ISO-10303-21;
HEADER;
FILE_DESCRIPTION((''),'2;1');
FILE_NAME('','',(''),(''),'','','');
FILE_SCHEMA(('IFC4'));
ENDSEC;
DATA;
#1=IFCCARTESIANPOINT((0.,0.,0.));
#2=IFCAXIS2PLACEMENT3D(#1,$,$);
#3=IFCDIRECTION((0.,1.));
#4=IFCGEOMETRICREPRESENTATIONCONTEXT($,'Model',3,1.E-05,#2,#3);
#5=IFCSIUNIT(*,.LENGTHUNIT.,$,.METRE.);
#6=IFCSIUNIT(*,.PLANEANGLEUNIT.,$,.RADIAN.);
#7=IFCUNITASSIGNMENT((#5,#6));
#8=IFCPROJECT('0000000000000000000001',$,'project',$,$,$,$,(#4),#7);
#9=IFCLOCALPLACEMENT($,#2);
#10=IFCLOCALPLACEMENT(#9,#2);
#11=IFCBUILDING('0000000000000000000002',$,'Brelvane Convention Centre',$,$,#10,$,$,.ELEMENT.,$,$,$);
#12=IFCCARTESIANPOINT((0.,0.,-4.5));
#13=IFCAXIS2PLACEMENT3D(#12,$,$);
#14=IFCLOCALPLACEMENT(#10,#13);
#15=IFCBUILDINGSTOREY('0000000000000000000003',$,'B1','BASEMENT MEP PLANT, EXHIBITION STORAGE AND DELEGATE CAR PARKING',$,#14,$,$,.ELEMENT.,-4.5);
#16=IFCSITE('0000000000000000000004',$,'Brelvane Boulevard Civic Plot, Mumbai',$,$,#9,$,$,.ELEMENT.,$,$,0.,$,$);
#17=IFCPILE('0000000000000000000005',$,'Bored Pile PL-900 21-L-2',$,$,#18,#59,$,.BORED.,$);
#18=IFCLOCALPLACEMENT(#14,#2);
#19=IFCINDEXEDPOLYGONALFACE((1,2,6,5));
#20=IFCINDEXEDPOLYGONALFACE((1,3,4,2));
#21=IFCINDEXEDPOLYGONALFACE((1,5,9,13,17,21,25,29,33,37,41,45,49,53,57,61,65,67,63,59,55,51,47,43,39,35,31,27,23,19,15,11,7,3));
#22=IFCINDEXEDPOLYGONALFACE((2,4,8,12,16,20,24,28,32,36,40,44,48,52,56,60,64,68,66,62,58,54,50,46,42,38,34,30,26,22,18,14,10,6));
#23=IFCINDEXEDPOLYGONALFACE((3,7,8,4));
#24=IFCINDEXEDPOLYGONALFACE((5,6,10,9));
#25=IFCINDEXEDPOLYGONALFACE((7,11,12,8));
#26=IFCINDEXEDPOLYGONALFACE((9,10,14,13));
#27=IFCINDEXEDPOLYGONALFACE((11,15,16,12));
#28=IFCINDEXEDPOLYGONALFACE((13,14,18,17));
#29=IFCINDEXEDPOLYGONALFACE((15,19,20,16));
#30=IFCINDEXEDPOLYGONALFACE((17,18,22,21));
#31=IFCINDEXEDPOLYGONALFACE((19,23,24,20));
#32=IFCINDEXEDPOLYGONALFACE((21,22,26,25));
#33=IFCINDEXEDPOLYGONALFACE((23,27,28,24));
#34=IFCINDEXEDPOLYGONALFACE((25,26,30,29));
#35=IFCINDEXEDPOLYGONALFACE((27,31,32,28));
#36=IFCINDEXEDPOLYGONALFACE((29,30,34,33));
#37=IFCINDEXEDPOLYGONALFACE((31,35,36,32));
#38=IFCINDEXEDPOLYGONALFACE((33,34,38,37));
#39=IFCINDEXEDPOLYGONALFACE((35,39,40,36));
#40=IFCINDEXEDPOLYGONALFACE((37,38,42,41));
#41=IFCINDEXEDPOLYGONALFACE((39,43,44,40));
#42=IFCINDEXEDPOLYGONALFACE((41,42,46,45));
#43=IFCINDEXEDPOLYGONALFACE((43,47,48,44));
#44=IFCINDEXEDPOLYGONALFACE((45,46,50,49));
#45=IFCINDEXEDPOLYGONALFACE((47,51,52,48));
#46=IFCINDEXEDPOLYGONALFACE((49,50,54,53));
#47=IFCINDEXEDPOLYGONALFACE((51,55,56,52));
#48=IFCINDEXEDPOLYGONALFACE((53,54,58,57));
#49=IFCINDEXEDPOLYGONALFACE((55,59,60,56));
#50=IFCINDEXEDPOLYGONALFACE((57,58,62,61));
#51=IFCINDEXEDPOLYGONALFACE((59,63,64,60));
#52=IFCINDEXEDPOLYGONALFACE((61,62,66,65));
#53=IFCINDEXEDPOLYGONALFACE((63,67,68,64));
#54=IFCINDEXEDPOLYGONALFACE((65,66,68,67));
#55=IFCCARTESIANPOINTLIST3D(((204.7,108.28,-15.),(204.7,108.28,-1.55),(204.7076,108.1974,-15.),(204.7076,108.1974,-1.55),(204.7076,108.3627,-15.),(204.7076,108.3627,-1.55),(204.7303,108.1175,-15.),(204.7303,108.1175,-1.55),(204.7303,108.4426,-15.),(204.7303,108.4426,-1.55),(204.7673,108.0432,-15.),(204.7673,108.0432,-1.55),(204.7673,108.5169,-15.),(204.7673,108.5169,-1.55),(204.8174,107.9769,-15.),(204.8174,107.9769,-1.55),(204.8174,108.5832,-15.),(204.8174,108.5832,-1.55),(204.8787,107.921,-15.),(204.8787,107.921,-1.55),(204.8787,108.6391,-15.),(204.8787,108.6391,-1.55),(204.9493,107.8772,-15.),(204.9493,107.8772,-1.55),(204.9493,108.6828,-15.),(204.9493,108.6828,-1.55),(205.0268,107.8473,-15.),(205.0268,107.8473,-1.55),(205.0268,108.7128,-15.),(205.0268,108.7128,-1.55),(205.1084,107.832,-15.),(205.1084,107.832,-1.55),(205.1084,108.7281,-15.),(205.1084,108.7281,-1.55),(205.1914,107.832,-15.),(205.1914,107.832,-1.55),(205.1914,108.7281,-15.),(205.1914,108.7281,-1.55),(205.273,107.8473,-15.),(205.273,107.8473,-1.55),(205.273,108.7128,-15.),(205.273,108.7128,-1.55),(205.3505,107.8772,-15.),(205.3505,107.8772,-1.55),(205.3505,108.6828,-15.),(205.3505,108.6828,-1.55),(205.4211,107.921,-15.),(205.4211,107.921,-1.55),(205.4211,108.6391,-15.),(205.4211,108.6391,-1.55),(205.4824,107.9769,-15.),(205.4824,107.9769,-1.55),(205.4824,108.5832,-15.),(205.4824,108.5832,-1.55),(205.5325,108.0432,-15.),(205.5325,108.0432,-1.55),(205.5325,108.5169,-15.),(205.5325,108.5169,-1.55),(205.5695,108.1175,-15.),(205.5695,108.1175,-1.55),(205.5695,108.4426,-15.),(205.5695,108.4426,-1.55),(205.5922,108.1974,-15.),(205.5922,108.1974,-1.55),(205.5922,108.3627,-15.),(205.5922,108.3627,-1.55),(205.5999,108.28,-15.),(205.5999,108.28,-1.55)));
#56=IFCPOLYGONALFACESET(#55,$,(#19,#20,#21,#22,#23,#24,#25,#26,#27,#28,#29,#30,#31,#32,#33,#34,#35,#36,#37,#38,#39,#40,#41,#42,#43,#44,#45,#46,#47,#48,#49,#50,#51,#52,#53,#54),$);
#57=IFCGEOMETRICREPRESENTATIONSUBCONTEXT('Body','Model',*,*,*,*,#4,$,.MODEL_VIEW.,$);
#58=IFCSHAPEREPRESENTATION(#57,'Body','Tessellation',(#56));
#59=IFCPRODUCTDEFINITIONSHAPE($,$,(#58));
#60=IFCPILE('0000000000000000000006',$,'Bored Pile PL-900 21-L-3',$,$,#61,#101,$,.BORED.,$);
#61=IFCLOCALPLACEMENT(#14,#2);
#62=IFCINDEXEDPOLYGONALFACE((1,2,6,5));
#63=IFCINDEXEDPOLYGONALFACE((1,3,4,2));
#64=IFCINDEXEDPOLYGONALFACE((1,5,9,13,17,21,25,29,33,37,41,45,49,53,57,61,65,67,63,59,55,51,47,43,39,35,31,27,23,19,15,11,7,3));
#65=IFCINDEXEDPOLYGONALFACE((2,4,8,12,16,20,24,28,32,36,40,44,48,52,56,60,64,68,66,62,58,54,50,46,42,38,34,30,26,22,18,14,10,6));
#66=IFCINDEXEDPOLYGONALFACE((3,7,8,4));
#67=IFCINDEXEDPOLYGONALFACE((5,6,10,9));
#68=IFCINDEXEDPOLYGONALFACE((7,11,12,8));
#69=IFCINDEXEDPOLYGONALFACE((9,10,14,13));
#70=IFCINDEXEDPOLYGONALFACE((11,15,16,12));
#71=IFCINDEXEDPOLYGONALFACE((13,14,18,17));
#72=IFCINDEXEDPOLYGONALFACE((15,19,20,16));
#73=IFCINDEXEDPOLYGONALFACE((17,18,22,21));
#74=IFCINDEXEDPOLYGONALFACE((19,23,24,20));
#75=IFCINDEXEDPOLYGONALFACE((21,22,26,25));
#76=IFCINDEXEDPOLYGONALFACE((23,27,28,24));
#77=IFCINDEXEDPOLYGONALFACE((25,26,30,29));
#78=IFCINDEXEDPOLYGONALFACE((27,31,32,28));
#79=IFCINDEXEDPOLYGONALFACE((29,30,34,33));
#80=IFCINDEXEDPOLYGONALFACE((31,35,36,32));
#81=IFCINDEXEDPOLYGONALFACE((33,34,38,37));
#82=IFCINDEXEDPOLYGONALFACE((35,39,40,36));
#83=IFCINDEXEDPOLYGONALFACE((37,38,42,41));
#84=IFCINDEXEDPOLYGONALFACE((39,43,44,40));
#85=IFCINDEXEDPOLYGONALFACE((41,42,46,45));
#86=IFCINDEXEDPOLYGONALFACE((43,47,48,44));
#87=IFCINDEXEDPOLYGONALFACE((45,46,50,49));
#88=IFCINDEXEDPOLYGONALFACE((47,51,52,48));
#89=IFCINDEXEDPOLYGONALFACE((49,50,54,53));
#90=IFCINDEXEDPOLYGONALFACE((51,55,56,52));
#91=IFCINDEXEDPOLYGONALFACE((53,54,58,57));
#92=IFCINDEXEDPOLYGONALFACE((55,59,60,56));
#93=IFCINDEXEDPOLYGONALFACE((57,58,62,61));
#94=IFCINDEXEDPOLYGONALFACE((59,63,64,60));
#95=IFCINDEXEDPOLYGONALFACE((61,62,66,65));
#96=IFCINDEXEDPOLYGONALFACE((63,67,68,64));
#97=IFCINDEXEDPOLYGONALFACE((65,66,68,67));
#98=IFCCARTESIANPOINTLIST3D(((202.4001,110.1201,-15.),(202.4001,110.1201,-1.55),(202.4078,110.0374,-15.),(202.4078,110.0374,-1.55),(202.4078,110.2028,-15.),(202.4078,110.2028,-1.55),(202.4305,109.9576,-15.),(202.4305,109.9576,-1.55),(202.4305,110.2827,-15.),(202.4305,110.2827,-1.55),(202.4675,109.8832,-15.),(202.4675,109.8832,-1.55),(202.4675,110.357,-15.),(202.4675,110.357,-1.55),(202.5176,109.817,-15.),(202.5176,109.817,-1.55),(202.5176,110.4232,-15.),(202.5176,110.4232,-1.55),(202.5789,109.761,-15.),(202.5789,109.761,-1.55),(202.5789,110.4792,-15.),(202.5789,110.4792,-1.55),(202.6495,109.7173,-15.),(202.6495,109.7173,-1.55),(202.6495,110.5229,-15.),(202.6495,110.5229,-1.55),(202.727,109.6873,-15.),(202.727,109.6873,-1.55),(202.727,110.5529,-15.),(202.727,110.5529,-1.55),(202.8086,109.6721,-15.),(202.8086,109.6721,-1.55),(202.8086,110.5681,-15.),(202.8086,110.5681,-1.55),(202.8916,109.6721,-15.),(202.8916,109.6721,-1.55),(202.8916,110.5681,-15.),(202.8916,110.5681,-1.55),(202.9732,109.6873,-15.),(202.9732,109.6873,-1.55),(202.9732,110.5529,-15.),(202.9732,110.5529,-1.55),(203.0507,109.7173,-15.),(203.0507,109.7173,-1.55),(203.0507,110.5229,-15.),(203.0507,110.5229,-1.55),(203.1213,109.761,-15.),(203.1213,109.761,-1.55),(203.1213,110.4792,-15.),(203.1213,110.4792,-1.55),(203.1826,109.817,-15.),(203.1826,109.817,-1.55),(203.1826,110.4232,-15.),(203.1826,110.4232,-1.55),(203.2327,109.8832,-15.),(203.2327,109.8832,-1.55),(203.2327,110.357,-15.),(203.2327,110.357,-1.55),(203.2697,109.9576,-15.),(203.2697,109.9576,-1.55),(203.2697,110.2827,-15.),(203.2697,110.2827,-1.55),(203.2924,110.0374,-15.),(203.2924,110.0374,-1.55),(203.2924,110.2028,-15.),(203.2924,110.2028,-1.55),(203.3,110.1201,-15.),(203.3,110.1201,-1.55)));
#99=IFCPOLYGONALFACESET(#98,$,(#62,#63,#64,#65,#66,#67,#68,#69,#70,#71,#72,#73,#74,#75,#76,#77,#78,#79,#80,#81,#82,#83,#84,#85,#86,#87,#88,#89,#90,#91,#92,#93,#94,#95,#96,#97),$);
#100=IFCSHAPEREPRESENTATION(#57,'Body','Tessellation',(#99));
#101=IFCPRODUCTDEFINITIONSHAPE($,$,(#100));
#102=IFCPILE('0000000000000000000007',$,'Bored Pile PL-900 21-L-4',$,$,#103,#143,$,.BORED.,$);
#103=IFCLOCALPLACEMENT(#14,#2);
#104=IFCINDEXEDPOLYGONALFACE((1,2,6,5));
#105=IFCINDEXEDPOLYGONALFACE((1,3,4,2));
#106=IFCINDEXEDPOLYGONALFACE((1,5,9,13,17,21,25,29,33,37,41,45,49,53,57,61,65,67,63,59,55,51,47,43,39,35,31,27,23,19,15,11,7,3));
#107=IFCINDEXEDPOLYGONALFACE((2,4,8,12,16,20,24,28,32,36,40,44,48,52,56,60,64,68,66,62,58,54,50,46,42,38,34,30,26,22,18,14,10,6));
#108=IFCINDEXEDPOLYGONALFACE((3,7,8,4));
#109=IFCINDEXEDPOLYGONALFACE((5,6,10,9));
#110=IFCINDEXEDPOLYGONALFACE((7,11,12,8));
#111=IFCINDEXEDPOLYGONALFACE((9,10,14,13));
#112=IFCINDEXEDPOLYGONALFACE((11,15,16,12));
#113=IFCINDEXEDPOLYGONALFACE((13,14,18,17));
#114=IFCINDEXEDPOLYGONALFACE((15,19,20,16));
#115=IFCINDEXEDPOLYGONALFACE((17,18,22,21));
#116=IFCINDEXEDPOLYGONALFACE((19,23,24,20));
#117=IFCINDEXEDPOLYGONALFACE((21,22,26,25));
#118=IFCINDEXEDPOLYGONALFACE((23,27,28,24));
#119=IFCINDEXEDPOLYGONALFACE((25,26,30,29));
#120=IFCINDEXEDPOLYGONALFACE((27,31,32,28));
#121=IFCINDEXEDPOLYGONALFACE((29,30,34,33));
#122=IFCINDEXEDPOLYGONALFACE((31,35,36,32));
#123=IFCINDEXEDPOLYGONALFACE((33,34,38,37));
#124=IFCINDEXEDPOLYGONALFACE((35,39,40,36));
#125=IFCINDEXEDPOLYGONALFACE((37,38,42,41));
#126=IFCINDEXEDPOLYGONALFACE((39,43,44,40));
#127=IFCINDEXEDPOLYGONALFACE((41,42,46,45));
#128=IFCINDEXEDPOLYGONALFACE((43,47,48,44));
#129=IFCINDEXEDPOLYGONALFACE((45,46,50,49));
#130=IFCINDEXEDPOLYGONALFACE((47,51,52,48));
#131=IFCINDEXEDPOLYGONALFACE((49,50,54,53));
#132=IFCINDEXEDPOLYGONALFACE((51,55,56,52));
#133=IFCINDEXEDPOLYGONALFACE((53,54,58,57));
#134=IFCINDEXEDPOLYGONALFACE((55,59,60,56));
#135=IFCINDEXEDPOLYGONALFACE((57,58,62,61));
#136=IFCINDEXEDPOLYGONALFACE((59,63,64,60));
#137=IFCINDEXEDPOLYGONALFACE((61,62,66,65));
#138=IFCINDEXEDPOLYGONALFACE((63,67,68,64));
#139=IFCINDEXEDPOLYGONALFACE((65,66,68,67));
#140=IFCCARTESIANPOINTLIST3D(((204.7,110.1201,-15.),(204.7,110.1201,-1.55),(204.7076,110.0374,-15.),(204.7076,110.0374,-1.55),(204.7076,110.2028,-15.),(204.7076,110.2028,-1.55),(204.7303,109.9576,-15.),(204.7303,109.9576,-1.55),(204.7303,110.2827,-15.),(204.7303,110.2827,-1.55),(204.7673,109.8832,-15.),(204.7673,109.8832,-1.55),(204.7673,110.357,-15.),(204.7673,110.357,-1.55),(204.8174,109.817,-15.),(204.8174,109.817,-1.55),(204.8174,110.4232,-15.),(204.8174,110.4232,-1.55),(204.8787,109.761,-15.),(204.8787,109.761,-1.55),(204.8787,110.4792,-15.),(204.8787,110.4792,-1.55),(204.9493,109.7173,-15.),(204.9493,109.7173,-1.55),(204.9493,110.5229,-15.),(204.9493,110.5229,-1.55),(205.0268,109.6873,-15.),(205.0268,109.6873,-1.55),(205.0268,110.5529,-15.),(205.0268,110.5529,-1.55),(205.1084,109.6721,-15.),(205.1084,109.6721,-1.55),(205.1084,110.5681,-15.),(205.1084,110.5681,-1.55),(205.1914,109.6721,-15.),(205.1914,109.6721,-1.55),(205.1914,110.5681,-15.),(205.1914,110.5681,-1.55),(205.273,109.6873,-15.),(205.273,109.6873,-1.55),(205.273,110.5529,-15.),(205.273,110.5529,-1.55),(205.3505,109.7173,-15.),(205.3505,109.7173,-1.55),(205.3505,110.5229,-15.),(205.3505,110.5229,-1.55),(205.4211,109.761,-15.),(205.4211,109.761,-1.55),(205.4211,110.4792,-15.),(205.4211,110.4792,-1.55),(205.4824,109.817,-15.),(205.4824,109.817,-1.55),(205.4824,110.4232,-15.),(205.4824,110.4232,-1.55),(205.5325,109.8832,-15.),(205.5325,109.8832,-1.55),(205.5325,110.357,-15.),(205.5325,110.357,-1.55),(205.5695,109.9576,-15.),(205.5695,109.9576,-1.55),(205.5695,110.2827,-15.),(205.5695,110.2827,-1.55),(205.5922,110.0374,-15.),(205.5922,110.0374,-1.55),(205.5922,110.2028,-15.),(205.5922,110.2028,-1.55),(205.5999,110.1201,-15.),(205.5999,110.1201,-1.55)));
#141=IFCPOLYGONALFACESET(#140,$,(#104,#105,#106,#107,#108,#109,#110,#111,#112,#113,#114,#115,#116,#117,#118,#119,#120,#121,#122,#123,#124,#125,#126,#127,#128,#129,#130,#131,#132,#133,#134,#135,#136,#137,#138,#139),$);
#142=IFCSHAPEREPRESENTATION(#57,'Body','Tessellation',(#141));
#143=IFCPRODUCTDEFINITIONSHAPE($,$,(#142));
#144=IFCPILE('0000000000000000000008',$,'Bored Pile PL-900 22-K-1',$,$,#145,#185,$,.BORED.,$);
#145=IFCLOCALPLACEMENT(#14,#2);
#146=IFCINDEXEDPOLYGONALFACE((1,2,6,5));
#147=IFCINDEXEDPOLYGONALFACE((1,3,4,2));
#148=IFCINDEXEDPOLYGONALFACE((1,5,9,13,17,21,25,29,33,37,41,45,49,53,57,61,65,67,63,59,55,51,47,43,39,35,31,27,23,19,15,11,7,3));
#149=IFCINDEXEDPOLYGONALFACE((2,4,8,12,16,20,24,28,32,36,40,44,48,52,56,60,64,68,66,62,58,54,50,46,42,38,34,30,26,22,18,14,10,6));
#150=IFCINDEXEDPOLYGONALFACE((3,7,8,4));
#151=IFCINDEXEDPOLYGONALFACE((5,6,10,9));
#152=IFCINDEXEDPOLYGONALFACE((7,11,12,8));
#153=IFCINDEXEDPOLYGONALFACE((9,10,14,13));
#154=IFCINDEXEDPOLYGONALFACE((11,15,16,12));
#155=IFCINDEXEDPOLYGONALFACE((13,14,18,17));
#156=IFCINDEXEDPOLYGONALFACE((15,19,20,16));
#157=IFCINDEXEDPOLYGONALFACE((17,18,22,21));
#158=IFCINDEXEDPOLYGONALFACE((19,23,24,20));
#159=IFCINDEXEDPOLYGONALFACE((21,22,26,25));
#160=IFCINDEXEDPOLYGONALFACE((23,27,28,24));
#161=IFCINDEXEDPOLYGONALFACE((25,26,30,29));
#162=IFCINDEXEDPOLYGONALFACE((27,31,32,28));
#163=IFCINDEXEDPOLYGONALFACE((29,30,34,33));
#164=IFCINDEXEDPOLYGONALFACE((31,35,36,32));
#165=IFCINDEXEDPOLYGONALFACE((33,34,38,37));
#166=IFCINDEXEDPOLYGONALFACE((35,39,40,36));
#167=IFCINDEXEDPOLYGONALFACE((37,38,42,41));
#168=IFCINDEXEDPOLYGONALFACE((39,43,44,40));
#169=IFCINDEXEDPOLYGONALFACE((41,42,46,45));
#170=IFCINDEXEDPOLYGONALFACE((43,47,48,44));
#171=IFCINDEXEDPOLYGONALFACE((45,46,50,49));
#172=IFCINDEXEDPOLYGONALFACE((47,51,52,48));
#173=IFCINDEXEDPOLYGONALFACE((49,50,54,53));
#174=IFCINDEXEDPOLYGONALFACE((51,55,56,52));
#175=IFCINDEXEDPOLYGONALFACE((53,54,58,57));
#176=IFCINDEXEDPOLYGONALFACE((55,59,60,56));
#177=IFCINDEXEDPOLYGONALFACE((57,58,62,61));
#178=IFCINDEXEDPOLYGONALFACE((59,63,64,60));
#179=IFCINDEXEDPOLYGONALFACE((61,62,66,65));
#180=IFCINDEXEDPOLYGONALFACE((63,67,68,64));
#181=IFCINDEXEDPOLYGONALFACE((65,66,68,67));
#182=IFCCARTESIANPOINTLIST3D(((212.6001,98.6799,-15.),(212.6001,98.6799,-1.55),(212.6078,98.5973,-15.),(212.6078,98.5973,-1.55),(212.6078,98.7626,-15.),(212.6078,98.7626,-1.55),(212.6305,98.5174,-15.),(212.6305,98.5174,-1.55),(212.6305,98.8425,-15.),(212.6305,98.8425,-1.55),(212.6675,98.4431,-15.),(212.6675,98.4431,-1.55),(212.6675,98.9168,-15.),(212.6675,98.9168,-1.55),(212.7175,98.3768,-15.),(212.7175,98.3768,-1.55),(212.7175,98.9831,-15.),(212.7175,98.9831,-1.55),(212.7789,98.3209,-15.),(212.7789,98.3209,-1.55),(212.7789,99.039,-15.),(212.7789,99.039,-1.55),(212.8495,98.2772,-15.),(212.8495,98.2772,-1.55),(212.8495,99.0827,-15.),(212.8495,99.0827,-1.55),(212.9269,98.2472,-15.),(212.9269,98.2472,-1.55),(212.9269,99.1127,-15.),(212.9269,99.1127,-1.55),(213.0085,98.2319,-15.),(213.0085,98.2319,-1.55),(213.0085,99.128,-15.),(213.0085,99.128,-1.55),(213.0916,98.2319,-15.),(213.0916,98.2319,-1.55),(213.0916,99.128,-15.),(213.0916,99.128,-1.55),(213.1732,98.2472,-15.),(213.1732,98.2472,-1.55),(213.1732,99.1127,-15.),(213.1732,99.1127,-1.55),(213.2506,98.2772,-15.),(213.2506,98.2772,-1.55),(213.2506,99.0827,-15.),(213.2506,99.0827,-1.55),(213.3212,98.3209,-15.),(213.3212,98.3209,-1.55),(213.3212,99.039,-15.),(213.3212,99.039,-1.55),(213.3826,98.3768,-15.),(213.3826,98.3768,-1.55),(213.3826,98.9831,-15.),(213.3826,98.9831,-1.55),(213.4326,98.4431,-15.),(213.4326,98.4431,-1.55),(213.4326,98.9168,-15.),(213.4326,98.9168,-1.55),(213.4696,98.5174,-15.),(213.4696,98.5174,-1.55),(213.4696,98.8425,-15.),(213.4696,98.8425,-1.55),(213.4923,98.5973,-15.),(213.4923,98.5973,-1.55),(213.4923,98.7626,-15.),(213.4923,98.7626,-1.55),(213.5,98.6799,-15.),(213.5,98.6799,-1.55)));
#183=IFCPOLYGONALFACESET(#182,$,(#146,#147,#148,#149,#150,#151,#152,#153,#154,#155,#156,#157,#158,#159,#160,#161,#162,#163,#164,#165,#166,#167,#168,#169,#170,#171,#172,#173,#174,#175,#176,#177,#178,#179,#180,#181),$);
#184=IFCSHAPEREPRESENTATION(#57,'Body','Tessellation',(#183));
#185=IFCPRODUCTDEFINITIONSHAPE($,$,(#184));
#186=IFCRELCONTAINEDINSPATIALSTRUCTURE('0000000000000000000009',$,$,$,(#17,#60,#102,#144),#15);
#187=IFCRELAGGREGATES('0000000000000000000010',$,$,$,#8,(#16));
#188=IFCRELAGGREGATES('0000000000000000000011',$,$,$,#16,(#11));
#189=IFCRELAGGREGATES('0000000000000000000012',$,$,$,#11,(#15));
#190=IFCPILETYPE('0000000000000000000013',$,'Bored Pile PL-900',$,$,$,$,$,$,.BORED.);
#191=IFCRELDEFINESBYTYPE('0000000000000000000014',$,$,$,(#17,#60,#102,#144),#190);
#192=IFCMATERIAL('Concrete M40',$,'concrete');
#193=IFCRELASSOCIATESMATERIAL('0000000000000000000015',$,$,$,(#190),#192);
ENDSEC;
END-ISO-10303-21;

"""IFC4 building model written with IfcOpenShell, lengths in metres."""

from ifc_helpers import new_model, si_unit, direction, frame, origin, origin_2d, place, context, subcontext, project, spatial, circle, extrude, material, material_profile, profile_set, type_object, element, save


model = new_model("IFC4")

# Units and contexts
model_context = context("Model", 3, precision=1e-05, world=origin(), true_north=direction((0.0, 1.0)))
body_context = subcontext(model_context, "Body", "Model", "MODEL_VIEW")
ifc_project = project(units=[si_unit("LENGTHUNIT", "METRE"), si_unit("PLANEANGLEUNIT", "RADIAN")], contexts=[model_context])

# Site, building, storey
site_placement = place(None, origin())
site = spatial("IfcSite", under=ifc_project, at=site_placement, Name="Brelvane Boulevard Civic Plot, Mumbai", CompositionType="ELEMENT", RefElevation=0.0)
building_placement = place(site_placement, origin())
building = spatial("IfcBuilding", under=site, at=building_placement, Name="Brelvane Convention Centre", CompositionType="ELEMENT")
storey_placement = place(building_placement, frame((0.0, 0.0, -4.5)))
storey = spatial("IfcBuildingStorey", under=building, at=storey_placement, Name="B1", Description="BASEMENT MEP PLANT, EXHIBITION STORAGE AND DELEGATE CAR PARKING", CompositionType="ELEMENT", Elevation=-4.5)

# Piles
ifc_material_1 = material(Name="Concrete M40", Category="concrete")
ifc_material_profile_1 = material_profile(ifc_material_1, circle(Radius=0.45, at=origin_2d()), Name="PILE D900")
ifc_profile_set_1 = profile_set([ifc_material_profile_1], Name="Concrete M40")
pile_type = type_object("IfcPileType", Name="Bored Pile PL-900", PredefinedType="BORED", material=ifc_profile_set_1)
for number, where, z_axis, x_axis, name in (
    (1, (205.1499, 108.28, -1.55), (0.0, 0.0, -1.0), (1.0, 0.0, 0.0), "Bored Pile PL-900 21-L-2"),
    (2, (202.8501, 110.1201, -1.55), (0.0, 0.0, -1.0), (1.0, 0.0, 0.0), "Bored Pile PL-900 21-L-3"),
    (3, (205.1499, 110.1201, -1.55), (0.0, 0.0, -1.0), (1.0, 0.0, 0.0), "Bored Pile PL-900 21-L-4"),
    (4, (213.05, 98.6799, -1.55), (0.0, 0.0, -1.0), (1.0, 0.0, 0.0), "Bored Pile PL-900 22-K-1"),
):
    element("IfcPile", number, at=place(storey_placement, frame(where, z_axis=z_axis, x_axis=x_axis)), inside=storey, type_object=pile_type, Name=name, PredefinedType="BORED", context=body_context, shape_type="SweptSolid", body=[
        extrude(circle(Radius=0.45, at=origin_2d()), origin(), (0.0, 0.0, 1.0), 13.45),
    ])

save(model, "model.ifc")
